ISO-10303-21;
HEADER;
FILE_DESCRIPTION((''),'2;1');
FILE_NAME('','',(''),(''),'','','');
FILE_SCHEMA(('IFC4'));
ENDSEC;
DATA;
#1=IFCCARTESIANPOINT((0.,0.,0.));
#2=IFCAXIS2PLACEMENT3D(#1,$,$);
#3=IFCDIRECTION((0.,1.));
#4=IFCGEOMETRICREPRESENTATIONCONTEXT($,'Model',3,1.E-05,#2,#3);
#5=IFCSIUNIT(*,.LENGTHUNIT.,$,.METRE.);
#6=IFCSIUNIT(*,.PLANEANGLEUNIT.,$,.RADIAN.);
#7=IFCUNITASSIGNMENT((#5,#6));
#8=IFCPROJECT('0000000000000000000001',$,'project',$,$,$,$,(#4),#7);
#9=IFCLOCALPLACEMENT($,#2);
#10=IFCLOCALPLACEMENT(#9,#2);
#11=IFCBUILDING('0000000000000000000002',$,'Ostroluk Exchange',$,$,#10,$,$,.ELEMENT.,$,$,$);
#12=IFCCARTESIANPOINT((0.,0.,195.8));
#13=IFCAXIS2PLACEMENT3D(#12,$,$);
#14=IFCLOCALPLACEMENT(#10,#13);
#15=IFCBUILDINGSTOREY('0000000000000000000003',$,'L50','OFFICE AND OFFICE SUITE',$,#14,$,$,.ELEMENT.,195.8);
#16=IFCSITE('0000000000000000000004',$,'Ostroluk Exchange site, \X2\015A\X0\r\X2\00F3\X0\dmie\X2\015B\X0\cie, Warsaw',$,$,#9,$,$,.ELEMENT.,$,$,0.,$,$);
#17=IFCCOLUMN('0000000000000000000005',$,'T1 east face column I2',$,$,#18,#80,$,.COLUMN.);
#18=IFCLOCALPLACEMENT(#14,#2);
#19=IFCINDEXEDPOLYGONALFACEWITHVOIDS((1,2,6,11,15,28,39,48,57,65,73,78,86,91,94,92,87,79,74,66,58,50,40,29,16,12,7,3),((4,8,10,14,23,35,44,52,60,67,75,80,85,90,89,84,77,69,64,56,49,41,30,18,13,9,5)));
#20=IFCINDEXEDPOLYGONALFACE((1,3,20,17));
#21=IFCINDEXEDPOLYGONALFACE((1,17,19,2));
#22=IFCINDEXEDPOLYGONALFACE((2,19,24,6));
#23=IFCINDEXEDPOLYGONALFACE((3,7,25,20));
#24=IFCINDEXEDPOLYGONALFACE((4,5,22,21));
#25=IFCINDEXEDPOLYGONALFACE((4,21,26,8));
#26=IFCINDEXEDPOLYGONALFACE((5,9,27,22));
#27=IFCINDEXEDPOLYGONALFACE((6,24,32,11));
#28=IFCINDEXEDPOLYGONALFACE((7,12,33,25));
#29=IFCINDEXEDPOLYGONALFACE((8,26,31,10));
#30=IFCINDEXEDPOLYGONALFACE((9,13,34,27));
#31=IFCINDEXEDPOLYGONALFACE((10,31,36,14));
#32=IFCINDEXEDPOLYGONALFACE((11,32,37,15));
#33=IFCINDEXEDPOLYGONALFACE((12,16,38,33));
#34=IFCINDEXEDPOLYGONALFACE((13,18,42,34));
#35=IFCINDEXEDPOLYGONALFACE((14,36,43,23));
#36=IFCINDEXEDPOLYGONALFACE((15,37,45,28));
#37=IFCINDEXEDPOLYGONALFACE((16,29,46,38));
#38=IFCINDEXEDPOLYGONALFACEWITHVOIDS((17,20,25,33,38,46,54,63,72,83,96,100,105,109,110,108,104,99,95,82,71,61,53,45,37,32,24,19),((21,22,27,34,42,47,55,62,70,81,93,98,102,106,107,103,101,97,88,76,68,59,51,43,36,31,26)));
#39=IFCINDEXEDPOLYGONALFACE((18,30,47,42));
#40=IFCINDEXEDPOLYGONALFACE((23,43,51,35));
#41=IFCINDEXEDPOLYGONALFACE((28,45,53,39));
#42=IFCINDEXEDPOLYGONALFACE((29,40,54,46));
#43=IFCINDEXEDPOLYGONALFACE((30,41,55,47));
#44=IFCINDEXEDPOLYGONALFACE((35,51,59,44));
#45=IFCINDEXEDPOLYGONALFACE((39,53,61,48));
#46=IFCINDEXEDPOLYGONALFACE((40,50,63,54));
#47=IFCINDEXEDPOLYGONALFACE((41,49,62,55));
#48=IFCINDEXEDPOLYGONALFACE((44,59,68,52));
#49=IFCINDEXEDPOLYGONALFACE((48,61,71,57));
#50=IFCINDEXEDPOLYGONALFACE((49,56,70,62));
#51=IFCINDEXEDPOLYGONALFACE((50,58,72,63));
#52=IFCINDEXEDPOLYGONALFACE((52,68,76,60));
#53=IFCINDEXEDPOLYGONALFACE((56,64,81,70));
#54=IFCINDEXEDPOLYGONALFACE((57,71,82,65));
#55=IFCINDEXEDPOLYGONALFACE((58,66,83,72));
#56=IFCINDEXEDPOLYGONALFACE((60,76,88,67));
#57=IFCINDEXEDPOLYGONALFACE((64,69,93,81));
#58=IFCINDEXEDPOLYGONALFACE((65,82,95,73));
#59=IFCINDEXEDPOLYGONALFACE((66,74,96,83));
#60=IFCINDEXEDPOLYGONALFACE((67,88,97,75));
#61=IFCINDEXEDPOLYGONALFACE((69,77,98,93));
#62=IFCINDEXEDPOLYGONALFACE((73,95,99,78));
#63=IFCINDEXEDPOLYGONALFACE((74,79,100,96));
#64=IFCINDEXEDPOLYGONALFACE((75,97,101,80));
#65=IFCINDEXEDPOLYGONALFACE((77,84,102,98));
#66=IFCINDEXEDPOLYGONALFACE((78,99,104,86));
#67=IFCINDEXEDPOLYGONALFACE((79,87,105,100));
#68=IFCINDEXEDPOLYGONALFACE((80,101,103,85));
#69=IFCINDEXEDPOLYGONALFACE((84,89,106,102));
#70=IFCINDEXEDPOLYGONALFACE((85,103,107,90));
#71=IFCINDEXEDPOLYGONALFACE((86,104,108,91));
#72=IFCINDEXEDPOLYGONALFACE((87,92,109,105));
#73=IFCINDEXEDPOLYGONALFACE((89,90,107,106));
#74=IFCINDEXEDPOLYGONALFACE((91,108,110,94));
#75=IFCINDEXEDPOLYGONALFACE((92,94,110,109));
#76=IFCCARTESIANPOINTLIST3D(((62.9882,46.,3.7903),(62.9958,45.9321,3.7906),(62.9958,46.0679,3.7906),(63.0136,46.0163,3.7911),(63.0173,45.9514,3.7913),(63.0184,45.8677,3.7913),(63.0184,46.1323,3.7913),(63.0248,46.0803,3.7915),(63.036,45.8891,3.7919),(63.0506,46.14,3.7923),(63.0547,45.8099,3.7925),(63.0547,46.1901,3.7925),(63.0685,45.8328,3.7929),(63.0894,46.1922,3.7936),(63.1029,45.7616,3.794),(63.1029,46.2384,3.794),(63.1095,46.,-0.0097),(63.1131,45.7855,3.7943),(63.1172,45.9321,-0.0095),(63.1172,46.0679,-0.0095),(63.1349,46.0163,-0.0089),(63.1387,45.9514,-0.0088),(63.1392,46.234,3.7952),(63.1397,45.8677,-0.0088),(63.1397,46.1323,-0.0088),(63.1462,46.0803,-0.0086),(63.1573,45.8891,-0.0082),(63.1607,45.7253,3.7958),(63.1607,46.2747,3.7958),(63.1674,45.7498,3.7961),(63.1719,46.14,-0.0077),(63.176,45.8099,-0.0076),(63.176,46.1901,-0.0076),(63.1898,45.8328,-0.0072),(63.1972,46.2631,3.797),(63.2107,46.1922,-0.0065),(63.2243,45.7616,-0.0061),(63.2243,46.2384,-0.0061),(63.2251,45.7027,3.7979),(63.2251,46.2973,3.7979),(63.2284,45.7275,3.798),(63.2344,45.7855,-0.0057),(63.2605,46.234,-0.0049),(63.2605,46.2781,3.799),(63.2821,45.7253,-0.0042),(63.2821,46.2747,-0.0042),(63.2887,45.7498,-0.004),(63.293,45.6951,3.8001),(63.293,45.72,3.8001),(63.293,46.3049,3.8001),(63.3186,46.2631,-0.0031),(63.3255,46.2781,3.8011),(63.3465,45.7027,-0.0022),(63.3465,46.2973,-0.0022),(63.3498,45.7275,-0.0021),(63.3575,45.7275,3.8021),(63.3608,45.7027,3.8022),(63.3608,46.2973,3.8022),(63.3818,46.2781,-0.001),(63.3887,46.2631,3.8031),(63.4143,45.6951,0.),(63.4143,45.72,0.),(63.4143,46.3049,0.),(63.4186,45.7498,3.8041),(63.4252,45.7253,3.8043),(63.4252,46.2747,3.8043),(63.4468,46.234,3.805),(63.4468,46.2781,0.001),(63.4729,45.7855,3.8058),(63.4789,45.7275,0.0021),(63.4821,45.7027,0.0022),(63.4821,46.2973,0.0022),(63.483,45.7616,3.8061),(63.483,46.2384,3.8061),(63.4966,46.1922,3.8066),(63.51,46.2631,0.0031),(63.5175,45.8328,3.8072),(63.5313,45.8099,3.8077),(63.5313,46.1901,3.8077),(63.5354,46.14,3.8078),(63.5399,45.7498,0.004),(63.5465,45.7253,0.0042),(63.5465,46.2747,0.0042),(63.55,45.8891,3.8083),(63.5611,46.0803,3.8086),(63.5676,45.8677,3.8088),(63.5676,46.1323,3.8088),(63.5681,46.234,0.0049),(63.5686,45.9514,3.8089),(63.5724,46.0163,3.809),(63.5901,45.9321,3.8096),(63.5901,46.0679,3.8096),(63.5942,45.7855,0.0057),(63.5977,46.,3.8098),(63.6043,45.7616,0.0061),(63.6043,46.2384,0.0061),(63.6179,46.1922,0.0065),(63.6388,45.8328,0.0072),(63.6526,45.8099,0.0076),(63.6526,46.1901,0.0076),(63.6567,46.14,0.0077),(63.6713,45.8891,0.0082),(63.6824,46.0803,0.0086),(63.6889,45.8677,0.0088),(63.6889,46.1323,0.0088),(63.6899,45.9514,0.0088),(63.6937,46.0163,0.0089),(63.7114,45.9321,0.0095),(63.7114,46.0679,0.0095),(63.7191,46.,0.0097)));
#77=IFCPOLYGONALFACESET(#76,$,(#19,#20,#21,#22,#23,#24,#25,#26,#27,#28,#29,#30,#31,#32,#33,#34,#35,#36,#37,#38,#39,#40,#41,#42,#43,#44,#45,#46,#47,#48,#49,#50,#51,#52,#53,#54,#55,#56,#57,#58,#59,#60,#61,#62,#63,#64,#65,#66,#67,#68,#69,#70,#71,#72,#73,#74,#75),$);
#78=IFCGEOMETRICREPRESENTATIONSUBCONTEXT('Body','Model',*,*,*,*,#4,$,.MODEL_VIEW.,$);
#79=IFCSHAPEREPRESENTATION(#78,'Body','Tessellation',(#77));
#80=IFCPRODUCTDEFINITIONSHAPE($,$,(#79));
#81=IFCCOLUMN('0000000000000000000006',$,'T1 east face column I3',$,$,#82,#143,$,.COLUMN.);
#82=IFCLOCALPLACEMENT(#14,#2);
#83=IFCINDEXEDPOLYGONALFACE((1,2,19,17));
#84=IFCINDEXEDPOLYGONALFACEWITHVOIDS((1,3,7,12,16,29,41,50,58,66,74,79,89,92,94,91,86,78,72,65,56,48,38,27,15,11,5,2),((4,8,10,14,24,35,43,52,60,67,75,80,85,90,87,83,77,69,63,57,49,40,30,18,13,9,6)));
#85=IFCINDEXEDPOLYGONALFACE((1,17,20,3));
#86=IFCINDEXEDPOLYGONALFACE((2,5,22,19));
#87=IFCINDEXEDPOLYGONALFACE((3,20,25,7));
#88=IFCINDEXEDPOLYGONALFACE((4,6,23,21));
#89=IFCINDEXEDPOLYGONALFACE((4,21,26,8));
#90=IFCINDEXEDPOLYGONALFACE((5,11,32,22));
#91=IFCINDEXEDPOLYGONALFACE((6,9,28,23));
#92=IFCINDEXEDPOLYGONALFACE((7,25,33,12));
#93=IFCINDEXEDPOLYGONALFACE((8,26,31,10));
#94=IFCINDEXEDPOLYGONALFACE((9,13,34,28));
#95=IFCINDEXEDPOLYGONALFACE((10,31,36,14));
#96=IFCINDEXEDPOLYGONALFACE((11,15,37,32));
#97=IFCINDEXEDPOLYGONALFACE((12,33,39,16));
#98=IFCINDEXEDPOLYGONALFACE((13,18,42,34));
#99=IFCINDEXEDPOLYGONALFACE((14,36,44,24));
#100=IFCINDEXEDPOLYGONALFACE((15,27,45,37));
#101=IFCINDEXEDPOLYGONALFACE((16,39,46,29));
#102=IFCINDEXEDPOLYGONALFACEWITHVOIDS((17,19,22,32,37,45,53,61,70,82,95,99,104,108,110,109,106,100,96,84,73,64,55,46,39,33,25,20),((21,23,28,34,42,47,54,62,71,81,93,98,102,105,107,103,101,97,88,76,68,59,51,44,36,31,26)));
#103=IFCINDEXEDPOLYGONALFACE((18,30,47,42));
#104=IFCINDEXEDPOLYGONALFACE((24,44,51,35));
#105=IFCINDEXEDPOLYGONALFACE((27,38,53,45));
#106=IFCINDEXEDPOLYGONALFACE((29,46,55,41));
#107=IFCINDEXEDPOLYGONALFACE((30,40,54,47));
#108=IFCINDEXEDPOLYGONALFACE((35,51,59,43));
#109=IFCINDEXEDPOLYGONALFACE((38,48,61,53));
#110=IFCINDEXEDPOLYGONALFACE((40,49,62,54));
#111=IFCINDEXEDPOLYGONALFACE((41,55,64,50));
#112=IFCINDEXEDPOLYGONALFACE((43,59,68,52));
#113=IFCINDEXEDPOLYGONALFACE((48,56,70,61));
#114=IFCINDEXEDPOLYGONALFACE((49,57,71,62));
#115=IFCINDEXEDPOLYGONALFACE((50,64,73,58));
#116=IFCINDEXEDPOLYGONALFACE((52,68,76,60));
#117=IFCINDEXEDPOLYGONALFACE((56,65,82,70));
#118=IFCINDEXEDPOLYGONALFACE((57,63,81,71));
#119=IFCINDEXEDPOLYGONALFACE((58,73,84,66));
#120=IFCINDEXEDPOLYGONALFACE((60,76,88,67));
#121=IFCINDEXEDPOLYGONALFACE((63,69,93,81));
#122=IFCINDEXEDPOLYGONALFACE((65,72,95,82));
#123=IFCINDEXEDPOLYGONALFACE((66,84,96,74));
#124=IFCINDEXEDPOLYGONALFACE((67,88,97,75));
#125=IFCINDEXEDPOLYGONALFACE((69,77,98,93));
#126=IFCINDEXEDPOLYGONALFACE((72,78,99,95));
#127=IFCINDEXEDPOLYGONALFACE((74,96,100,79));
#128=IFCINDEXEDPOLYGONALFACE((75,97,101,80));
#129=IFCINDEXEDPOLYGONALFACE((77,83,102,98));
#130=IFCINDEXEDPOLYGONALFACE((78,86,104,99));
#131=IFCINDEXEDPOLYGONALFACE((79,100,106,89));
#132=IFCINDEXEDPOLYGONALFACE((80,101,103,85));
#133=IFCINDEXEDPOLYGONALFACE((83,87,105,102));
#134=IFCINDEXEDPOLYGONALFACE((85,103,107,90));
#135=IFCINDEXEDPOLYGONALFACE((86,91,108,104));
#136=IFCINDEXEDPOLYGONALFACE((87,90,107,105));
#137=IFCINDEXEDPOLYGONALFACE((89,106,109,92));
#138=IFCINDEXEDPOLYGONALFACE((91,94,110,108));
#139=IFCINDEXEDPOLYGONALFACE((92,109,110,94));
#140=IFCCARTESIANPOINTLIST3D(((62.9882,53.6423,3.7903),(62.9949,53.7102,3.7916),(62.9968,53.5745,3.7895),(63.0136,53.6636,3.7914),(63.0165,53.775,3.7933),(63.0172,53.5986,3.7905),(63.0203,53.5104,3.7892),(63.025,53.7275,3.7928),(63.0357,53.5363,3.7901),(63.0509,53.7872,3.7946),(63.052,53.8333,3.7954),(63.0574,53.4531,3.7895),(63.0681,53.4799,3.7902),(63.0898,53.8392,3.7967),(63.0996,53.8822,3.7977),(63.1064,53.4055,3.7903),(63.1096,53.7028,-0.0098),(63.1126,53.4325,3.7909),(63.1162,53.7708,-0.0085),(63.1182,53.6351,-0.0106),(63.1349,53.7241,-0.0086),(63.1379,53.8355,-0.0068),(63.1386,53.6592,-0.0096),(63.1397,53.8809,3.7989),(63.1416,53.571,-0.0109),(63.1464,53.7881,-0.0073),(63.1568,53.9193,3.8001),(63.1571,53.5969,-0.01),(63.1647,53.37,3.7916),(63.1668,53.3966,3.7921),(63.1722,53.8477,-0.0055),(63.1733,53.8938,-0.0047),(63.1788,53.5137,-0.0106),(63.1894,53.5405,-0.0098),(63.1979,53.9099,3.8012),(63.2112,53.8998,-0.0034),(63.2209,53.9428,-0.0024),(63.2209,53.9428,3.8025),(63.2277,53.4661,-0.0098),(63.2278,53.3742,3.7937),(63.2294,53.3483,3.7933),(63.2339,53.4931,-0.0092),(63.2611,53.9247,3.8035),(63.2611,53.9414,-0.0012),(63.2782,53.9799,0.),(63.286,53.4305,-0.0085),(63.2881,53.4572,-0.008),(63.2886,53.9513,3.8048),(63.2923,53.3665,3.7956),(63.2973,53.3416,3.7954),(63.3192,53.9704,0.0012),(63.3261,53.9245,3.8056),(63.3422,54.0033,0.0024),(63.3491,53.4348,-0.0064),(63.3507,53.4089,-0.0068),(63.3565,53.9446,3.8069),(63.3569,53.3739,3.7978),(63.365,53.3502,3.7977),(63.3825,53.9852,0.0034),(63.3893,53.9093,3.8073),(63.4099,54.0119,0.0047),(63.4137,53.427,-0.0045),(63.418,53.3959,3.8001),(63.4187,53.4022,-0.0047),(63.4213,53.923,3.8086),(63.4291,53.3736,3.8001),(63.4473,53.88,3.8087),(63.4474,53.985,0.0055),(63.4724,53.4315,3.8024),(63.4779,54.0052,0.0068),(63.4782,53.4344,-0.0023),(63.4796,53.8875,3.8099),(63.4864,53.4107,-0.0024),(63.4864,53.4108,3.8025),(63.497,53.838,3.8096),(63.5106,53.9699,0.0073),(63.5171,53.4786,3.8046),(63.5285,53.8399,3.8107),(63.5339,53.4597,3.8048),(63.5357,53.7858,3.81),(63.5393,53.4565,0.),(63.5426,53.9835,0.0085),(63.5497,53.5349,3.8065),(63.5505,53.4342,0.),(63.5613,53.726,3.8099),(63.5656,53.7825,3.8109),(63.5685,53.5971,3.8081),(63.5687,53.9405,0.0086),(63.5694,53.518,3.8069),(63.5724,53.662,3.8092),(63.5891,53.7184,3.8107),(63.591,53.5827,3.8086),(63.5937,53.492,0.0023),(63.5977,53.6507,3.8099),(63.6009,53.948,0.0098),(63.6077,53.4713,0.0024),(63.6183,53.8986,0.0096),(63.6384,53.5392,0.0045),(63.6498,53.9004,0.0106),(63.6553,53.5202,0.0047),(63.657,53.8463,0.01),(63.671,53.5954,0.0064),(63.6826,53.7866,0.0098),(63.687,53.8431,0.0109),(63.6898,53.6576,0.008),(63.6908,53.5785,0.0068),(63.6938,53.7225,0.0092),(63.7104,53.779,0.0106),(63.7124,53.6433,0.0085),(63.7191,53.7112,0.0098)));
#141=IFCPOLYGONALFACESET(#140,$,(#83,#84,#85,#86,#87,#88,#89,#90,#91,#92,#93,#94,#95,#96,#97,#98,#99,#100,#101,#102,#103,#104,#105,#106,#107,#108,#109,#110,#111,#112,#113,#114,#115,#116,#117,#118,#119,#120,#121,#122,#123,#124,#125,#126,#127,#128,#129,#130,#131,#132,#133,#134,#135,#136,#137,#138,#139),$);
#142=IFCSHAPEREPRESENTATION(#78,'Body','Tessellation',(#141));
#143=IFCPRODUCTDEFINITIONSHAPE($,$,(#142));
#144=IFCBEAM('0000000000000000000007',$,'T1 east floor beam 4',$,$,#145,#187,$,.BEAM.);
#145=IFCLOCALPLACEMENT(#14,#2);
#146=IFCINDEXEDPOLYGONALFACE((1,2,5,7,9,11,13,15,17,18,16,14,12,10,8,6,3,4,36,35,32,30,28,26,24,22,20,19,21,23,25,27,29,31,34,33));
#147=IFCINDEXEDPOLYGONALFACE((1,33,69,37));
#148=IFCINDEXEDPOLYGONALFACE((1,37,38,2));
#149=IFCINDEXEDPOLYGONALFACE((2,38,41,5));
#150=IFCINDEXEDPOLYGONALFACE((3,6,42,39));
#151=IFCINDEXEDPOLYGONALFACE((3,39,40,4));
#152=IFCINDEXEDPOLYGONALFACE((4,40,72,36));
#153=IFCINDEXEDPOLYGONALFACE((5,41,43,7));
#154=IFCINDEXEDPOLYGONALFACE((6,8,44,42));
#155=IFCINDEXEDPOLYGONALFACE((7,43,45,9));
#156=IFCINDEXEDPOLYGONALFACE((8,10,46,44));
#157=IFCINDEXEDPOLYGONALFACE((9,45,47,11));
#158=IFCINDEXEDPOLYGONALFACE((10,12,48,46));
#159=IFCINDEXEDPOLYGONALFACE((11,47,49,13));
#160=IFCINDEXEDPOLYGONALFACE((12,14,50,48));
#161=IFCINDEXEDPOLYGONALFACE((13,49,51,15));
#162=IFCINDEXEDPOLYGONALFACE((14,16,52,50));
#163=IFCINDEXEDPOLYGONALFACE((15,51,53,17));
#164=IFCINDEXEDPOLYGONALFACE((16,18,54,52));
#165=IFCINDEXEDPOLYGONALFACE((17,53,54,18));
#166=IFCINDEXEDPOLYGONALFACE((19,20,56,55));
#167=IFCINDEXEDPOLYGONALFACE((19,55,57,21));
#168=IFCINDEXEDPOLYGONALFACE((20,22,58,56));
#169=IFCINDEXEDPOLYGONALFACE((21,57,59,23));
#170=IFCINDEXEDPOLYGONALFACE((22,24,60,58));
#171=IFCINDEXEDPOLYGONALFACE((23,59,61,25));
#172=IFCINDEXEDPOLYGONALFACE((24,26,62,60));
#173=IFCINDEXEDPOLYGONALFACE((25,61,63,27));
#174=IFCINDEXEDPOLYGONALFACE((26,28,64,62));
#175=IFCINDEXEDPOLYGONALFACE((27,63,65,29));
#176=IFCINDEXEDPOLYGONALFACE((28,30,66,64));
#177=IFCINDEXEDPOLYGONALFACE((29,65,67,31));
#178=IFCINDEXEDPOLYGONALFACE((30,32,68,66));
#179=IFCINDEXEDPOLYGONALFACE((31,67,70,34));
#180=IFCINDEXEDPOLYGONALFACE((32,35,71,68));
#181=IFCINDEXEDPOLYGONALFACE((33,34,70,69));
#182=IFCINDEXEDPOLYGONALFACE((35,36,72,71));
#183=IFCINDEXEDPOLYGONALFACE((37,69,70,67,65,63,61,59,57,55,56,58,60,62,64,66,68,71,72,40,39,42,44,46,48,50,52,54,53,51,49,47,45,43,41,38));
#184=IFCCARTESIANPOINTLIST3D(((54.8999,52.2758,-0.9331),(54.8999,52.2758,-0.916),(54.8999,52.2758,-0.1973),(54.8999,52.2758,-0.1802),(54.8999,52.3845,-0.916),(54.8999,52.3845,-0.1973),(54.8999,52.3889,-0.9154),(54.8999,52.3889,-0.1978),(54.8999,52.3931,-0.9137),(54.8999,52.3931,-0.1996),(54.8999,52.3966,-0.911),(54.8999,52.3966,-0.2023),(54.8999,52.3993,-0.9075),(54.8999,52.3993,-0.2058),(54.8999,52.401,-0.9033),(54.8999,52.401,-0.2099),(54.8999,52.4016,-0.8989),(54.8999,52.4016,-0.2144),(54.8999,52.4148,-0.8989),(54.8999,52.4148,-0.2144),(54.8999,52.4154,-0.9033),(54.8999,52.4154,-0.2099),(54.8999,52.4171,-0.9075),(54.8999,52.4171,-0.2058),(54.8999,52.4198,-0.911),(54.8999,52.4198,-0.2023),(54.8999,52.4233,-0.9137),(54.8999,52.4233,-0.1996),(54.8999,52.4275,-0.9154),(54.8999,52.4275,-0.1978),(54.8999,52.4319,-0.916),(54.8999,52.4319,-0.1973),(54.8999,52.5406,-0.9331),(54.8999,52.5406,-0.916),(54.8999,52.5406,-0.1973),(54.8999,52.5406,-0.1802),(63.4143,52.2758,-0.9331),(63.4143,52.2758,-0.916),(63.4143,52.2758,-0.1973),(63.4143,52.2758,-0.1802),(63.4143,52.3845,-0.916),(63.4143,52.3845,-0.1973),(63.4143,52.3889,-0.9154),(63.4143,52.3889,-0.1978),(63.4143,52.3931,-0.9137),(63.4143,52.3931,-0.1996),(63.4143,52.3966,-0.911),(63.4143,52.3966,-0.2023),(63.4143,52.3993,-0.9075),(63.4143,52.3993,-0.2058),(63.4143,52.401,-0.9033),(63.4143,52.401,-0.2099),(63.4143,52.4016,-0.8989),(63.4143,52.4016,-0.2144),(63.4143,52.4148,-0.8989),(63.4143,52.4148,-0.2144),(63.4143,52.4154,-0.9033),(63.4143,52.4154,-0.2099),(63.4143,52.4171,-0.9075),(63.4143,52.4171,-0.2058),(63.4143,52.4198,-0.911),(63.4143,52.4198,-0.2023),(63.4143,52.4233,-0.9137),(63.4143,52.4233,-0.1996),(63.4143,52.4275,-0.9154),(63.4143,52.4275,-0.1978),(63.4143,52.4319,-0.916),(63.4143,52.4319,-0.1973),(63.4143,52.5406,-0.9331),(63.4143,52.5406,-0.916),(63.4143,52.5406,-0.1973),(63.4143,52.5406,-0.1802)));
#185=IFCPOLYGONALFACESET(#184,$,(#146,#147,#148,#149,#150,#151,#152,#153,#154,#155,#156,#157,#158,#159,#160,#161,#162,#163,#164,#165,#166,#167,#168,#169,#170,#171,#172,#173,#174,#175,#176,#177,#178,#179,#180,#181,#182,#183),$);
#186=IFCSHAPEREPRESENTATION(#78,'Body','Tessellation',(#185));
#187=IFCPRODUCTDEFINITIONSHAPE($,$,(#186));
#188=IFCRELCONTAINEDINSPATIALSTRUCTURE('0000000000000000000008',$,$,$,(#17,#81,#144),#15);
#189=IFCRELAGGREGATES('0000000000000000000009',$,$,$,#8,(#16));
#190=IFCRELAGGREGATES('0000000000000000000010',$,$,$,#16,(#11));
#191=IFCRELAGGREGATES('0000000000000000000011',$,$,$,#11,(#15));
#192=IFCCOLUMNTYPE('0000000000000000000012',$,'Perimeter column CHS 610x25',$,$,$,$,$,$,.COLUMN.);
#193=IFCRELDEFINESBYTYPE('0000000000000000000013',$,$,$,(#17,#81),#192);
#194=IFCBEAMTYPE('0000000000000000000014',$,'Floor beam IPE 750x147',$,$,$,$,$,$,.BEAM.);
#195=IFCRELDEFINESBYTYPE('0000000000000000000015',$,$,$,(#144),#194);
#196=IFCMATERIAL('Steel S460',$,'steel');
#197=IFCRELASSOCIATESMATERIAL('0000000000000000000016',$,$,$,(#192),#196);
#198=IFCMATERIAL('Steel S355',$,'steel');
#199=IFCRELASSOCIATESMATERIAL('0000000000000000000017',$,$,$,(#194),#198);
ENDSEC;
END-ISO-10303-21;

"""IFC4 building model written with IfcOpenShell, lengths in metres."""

from ifc_helpers import new_model, si_unit, direction, frame, origin, origin_2d, place, context, subcontext, project, spatial, hollow_circle, i_section, extrude, material, material_profile, profile_set, type_object, element, save


model = new_model("IFC4")

# Units and contexts
model_context = context("Model", 3, precision=1e-05, world=origin(), true_north=direction((0.0, 1.0)))
body_context = subcontext(model_context, "Body", "Model", "MODEL_VIEW")
ifc_project = project(units=[si_unit("LENGTHUNIT", "METRE"), si_unit("PLANEANGLEUNIT", "RADIAN")], contexts=[model_context])

# Site, building, storey
site_placement = place(None, origin())
site = spatial("IfcSite", under=ifc_project, at=site_placement, Name="Ostroluk Exchange site, Śródmieście, Warsaw", CompositionType="ELEMENT", RefElevation=0.0)
building_placement = place(site_placement, origin())
building = spatial("IfcBuilding", under=site, at=building_placement, Name="Ostroluk Exchange", CompositionType="ELEMENT")
storey_placement = place(building_placement, frame((0.0, 0.0, 195.8)))
storey = spatial("IfcBuildingStorey", under=building, at=storey_placement, Name="L50", Description="OFFICE AND OFFICE SUITE", CompositionType="ELEMENT", Elevation=195.8)

# Columns
ifc_material_1 = material(Name="Steel S460", Category="steel")
ifc_material_profile_1 = material_profile(ifc_material_1, hollow_circle(Radius=0.3049, WallThickness=0.0249, at=origin_2d()), Name="CHS 610x25")
ifc_profile_set_1 = profile_set([ifc_material_profile_1], Name="Steel S460")
column_type = type_object("IfcColumnType", Name="Perimeter column CHS 610x25", PredefinedType="COLUMN", material=ifc_profile_set_1)
column_1_placement = place(storey_placement, frame((63.4143, 46.0, 0.0), z_axis=(-0.031914, 0.0, 0.999491), x_axis=(0.0, -1.0, 0.0)))
element("IfcColumn", 1, at=column_1_placement, inside=storey, type_object=column_type, Name="T1 east face column I2", PredefinedType="COLUMN", context=body_context, shape_type="SweptSolid", body=[
    extrude(hollow_circle(Radius=0.3049, WallThickness=0.0249, at=origin_2d()), origin(), (0.0, 0.0, 1.0), 3.802),
])
column_2_placement = place(storey_placement, frame((63.4143, 53.707, 0.0), z_axis=(-0.03191, -0.015923, 0.999364), x_axis=(0.446493, -0.894787, 0.0)))
element("IfcColumn", 2, at=column_2_placement, inside=storey, type_object=column_type, Name="T1 east face column I3", PredefinedType="COLUMN", context=body_context, shape_type="SweptSolid", body=[
    extrude(hollow_circle(Radius=0.3049, WallThickness=0.0249, at=origin_2d()), origin(), (0.0, 0.0, 1.0), 3.8025),
])

# Beam
ifc_material_2 = material(Name="Steel S355", Category="steel")
ifc_material_profile_2 = material_profile(ifc_material_2, i_section(OverallWidth=0.2649, OverallDepth=0.7529, WebThickness=0.0132, FlangeThickness=0.0171, FilletRadius=0.0171, at=origin_2d()), Name="IPE 750x147")
ifc_profile_set_2 = profile_set([ifc_material_profile_2], Name="Steel S355")
beam_type_1 = type_object("IfcBeamType", Name="Floor beam IPE 750x147", PredefinedType="BEAM", material=ifc_profile_set_2)
beam_1_placement = place(storey_placement, frame((54.8999, 52.4082, -0.5566), z_axis=(1.0, 0.0, 0.0), x_axis=(0.0, 1.0, 0.0)))
element("IfcBeam", 3, at=beam_1_placement, inside=storey, type_object=beam_type_1, Name="T1 east floor beam 4", PredefinedType="BEAM", context=body_context, shape_type="SweptSolid", body=[
    extrude(i_section(OverallWidth=0.2649, OverallDepth=0.7529, WebThickness=0.0132, FlangeThickness=0.0171, FilletRadius=0.0171, at=origin_2d()), origin(), (0.0, 0.0, 1.0), 8.5144),
])

save(model, "model.ifc")
